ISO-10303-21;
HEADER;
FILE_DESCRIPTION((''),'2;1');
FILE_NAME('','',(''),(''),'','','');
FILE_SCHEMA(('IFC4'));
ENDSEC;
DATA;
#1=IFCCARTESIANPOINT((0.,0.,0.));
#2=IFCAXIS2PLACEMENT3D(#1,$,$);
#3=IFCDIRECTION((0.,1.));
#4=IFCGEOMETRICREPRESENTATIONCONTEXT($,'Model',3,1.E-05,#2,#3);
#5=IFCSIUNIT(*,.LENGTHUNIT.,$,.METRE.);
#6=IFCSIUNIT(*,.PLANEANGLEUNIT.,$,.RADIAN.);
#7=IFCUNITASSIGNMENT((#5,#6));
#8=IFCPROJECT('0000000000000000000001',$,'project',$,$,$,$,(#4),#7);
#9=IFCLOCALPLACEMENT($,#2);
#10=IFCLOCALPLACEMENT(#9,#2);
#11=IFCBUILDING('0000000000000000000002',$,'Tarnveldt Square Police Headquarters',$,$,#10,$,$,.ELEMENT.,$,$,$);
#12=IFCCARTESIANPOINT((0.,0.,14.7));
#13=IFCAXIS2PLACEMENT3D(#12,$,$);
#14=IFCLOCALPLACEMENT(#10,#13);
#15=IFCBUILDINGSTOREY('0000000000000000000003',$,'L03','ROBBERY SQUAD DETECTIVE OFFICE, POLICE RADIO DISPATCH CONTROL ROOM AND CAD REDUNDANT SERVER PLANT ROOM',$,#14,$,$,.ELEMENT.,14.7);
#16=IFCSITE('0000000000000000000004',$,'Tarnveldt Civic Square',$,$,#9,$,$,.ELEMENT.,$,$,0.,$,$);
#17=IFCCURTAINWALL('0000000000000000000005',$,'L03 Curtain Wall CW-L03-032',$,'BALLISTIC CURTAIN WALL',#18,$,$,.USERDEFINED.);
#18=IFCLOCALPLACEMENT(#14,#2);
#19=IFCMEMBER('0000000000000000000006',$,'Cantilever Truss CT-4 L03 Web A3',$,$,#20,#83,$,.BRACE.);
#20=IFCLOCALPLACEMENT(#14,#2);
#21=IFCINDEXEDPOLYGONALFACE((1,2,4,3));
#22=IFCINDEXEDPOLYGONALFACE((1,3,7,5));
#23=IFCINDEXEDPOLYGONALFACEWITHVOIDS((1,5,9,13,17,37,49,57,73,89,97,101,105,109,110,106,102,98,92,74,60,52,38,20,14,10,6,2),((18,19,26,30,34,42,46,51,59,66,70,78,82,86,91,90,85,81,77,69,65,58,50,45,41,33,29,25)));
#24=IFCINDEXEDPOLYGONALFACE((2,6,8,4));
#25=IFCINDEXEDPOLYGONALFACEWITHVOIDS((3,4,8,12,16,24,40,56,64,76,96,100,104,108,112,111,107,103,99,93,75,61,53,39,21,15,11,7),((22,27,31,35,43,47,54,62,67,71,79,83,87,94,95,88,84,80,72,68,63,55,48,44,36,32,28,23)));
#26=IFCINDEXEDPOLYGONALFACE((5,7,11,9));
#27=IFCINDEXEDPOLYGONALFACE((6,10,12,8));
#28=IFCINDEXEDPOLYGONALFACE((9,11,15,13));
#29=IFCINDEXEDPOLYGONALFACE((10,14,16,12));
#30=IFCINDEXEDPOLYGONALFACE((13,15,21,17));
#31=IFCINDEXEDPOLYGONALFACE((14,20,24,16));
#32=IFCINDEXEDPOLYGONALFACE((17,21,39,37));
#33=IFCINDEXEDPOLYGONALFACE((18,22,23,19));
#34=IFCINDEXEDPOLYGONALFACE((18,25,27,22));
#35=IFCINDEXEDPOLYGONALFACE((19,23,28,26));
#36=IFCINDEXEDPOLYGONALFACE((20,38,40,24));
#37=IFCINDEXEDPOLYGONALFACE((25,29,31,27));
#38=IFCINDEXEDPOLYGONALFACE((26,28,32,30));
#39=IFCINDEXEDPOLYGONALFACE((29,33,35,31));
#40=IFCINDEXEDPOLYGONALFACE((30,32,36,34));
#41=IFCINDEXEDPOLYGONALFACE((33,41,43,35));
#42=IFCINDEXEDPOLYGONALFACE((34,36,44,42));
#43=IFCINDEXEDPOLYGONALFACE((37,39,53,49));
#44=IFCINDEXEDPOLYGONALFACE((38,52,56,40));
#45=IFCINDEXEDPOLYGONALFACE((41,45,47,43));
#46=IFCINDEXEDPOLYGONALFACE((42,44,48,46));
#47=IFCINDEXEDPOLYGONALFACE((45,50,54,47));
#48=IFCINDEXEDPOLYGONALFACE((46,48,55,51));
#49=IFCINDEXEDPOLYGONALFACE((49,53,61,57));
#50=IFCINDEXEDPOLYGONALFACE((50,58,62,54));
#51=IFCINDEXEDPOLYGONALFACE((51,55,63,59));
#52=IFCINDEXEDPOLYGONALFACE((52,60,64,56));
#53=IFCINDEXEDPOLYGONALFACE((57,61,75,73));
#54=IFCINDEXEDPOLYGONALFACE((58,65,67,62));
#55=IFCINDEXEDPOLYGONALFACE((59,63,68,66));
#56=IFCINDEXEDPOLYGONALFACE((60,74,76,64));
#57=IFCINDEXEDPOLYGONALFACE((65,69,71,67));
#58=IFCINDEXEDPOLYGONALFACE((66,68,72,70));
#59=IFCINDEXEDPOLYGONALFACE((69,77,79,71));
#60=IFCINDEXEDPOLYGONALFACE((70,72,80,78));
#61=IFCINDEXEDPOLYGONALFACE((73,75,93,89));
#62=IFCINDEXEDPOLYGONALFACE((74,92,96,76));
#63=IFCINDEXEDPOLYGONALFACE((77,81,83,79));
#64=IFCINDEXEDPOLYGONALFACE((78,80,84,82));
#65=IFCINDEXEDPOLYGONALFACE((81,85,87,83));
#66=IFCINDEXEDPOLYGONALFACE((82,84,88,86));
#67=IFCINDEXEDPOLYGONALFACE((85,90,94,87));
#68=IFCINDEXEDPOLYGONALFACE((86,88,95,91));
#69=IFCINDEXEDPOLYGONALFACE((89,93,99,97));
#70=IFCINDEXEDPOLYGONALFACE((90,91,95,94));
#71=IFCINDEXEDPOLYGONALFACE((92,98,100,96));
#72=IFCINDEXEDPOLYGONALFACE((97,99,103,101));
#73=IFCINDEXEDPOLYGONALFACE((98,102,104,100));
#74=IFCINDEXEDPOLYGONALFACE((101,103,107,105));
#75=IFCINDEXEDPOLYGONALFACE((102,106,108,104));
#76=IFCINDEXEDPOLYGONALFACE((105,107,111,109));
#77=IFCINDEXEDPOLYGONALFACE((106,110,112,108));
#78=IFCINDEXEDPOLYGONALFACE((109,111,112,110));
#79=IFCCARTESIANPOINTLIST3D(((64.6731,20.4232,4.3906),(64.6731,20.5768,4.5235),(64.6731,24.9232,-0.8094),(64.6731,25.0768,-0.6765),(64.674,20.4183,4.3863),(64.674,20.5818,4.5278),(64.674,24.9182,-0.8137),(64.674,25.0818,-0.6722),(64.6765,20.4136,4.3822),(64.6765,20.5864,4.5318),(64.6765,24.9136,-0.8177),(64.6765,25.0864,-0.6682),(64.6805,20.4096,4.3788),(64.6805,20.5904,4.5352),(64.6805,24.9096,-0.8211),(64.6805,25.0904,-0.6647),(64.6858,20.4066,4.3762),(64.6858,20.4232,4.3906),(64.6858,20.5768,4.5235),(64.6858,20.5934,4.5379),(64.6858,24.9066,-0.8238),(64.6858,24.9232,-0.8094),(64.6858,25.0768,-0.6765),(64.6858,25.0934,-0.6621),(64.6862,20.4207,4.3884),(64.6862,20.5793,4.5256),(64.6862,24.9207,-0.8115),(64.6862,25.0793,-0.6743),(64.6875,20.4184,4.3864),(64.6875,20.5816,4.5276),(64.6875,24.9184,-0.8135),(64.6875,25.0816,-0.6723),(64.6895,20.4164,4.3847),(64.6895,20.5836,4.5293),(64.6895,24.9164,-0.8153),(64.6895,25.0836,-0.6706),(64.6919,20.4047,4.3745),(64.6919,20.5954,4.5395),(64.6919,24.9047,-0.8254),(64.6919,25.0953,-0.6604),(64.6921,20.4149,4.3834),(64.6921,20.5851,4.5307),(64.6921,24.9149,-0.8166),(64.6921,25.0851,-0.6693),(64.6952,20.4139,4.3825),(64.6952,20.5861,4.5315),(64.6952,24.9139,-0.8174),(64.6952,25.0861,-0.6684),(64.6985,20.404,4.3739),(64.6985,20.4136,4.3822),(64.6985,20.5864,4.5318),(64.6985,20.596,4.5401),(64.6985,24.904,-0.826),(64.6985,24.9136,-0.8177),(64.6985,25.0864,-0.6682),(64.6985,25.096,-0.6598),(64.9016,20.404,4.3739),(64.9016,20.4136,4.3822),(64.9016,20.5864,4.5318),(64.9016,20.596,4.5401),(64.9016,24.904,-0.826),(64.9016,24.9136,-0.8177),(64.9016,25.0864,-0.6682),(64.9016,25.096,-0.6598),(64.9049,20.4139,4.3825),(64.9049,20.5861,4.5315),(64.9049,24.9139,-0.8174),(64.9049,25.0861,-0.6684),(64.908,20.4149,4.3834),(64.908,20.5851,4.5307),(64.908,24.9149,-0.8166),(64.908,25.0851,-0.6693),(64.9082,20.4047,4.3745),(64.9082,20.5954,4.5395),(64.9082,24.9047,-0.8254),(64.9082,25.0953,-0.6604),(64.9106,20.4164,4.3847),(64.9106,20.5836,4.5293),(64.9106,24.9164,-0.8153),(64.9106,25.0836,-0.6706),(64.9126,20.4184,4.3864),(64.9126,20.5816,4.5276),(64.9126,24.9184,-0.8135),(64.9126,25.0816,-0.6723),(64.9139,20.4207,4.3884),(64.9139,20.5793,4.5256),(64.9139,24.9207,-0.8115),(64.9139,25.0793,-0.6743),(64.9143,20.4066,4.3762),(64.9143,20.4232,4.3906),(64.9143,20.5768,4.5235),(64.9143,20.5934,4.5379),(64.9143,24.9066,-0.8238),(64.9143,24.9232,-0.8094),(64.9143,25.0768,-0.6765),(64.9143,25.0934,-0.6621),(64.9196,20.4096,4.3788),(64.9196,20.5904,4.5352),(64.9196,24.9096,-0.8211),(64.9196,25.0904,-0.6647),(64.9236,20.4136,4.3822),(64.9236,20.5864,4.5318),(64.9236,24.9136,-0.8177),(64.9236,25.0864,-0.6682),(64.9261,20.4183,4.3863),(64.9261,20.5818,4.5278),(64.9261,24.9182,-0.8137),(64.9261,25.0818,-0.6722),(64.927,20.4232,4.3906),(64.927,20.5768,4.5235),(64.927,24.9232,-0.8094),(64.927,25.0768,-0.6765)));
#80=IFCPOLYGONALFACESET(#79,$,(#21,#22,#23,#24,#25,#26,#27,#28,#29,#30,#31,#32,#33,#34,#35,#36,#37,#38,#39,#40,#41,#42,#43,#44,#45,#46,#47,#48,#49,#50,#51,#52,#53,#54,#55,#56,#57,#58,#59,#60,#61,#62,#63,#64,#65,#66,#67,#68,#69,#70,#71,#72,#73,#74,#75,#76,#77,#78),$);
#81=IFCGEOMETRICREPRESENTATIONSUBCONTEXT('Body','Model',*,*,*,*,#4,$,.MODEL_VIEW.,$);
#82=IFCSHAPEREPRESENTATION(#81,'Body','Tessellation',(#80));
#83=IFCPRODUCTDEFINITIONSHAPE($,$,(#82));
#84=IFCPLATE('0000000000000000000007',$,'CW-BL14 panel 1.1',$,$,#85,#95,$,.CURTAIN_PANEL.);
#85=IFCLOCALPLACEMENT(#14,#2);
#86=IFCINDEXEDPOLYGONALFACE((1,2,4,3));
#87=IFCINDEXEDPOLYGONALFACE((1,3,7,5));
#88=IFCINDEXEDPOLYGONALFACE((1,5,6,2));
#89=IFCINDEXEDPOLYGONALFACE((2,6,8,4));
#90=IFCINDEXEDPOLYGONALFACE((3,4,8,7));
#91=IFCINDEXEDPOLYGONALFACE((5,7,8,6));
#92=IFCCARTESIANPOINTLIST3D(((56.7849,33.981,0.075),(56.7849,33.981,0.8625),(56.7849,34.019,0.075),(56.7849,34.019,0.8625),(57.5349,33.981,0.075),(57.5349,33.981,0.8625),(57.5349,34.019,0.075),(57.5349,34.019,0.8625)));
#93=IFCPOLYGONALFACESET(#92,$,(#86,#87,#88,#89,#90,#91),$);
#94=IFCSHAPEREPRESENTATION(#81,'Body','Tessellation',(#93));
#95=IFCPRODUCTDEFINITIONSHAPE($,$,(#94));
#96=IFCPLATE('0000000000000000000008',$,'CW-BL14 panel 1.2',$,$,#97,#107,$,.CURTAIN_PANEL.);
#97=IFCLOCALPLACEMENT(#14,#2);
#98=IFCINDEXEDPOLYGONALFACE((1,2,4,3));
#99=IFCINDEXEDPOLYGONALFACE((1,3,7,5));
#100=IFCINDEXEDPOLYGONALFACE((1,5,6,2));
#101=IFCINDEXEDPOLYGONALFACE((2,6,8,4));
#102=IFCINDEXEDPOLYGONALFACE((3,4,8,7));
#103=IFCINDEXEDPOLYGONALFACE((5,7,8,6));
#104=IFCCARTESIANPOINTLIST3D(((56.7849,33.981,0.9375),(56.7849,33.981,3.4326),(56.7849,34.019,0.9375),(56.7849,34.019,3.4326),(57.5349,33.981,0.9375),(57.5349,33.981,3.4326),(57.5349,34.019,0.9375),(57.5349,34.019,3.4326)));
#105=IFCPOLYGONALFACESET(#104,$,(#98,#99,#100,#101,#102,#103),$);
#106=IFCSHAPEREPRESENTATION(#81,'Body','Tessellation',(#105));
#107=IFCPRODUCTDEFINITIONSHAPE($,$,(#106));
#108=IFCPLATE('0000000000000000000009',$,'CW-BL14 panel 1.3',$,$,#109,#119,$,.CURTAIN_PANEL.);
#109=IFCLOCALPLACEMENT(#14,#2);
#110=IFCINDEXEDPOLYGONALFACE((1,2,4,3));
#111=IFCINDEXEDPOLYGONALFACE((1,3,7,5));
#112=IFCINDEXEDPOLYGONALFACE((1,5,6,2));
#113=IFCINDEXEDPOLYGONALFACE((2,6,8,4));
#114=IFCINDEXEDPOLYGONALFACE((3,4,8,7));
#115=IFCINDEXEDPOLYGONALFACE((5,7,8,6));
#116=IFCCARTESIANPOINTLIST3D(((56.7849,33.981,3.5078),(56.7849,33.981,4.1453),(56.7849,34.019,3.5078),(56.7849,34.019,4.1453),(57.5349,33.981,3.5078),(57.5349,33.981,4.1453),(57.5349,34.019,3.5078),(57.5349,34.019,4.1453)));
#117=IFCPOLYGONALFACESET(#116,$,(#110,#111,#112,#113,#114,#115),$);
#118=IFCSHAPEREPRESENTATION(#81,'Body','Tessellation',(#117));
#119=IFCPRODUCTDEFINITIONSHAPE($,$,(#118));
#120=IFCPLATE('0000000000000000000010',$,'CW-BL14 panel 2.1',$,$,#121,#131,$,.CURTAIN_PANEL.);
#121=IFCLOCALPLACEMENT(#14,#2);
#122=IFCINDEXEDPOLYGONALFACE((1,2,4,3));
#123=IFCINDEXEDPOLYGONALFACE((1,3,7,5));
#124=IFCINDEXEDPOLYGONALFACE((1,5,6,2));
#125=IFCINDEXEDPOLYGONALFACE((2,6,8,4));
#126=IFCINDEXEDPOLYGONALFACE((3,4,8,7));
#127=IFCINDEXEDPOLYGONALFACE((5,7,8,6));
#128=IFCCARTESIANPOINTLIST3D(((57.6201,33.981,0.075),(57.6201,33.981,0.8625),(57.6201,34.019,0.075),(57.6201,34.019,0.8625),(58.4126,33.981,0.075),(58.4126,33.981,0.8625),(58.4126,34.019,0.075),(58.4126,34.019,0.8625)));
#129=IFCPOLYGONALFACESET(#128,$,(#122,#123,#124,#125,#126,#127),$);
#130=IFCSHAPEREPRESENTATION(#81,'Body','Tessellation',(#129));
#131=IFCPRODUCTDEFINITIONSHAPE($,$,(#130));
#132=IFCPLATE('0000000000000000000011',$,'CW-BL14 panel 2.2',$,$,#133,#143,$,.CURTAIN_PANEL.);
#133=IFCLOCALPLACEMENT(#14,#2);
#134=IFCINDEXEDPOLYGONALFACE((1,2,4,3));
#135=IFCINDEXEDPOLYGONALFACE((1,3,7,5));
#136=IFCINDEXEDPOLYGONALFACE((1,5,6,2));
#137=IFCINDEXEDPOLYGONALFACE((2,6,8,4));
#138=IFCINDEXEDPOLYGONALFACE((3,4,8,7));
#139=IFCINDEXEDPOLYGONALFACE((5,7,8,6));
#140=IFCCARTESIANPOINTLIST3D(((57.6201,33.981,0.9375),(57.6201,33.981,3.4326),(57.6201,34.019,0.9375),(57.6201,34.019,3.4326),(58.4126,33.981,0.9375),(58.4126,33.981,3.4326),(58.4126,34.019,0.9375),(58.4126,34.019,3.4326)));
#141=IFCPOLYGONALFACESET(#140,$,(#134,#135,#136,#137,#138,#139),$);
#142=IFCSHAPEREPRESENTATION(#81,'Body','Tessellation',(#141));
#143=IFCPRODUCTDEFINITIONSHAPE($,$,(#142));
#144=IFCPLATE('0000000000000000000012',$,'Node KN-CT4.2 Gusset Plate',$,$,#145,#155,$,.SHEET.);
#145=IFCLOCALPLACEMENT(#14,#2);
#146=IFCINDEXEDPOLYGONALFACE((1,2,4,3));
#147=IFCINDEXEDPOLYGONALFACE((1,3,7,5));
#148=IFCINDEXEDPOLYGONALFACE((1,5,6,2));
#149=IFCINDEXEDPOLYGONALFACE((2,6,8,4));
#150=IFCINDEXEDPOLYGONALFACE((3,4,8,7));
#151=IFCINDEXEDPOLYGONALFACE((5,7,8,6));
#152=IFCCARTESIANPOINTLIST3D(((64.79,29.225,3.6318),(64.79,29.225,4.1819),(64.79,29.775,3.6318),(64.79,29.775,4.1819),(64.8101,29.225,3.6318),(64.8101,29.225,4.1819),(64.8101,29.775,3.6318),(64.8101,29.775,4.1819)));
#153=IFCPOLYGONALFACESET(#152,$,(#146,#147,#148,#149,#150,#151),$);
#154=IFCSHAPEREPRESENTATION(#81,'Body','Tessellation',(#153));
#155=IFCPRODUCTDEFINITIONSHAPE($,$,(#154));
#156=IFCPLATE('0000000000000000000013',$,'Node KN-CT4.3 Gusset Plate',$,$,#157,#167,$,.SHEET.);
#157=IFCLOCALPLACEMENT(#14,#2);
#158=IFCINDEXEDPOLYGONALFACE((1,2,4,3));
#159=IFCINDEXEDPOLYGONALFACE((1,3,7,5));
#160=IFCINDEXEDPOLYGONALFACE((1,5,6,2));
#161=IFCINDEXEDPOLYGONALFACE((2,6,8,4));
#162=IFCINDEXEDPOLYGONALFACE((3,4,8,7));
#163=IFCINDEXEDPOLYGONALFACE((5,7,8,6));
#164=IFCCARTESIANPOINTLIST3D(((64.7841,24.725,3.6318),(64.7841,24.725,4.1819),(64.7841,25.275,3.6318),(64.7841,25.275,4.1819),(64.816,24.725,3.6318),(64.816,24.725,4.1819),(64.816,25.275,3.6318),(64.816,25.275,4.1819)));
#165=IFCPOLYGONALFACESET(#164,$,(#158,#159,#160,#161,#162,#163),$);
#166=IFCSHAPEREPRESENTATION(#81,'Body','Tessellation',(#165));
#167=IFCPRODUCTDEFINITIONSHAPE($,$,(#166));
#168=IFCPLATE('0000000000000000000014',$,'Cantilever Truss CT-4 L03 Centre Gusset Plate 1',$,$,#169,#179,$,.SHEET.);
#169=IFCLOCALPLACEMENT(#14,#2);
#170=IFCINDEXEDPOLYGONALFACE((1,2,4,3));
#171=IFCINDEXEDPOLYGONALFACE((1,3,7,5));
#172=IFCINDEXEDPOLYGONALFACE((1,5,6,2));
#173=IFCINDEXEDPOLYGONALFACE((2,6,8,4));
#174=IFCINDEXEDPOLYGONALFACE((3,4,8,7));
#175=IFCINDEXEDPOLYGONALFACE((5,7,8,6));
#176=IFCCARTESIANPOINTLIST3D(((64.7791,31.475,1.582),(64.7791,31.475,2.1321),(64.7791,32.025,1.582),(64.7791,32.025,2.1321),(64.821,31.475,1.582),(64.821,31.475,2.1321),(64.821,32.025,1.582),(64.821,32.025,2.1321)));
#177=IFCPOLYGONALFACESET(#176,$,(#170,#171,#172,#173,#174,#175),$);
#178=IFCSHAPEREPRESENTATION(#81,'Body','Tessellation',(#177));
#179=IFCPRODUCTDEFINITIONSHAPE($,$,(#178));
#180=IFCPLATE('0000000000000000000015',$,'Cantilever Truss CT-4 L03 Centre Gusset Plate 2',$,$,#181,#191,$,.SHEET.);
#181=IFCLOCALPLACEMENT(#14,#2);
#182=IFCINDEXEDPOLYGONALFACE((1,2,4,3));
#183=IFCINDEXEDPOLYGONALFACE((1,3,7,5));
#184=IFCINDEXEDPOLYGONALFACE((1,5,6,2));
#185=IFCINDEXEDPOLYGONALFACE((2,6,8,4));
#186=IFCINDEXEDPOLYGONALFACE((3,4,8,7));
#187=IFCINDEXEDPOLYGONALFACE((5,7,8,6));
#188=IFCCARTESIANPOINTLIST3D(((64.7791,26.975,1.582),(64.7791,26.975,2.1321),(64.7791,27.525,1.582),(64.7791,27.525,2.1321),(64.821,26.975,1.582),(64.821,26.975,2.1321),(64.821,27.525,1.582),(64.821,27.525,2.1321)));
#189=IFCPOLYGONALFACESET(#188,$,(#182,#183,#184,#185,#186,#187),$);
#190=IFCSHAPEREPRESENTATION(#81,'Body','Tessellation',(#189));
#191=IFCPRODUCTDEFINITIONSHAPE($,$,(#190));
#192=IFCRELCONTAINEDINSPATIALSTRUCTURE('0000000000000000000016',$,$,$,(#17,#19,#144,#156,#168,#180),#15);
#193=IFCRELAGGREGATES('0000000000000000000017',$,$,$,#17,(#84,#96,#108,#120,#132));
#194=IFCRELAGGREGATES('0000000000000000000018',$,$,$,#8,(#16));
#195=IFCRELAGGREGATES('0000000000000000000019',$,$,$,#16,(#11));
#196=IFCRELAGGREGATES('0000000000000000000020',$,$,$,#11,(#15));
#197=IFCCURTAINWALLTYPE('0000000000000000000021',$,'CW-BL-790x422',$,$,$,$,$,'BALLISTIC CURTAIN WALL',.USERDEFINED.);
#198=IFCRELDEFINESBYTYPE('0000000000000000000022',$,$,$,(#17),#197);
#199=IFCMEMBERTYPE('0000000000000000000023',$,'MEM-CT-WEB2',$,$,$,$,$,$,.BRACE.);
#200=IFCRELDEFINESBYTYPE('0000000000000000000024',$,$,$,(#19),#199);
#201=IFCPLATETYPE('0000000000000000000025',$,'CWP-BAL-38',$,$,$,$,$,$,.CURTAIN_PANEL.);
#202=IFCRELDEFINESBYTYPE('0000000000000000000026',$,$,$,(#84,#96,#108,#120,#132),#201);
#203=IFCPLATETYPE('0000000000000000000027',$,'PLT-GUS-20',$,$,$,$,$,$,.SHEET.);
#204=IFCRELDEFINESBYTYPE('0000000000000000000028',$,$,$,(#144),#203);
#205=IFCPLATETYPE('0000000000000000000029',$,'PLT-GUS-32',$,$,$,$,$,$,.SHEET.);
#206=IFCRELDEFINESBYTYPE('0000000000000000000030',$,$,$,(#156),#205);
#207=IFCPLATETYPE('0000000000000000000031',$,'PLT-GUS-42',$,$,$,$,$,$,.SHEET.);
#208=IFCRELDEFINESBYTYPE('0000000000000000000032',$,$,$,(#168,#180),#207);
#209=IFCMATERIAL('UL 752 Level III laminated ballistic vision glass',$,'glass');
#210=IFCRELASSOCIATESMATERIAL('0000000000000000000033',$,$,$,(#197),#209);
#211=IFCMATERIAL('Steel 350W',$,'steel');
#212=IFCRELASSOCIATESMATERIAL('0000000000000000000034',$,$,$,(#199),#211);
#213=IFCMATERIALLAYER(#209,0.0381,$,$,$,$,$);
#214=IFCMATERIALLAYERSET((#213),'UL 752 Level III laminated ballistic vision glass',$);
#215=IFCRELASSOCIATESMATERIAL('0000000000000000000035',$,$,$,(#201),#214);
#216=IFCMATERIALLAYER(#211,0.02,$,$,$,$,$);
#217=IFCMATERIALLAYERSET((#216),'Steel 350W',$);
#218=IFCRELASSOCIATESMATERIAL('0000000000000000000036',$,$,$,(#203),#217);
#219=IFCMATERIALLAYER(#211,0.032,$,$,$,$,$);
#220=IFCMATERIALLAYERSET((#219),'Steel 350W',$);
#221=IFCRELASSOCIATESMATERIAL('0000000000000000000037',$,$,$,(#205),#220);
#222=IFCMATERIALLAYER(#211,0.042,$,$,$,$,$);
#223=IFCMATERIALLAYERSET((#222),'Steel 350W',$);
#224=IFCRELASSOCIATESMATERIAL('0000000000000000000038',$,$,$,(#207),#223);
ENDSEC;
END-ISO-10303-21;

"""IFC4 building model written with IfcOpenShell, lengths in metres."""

from ifc_helpers import new_model, si_unit, direction, frame, origin, origin_2d, place, context, subcontext, project, spatial, rectangle, hollow_rectangle, extrude, material, layer, layer_set, material_profile, profile_set, type_object, element, aggregate, save


model = new_model("IFC4")

# Units and contexts
model_context = context("Model", 3, precision=1e-05, world=origin(), true_north=direction((0.0, 1.0)))
body_context = subcontext(model_context, "Body", "Model", "MODEL_VIEW")
ifc_project = project(units=[si_unit("LENGTHUNIT", "METRE"), si_unit("PLANEANGLEUNIT", "RADIAN")], contexts=[model_context])

# Site, building, storey
site_placement = place(None, origin())
site = spatial("IfcSite", under=ifc_project, at=site_placement, Name="Tarnveldt Civic Square", CompositionType="ELEMENT", RefElevation=0.0)
building_placement = place(site_placement, origin())
building = spatial("IfcBuilding", under=site, at=building_placement, Name="Tarnveldt Square Police Headquarters", CompositionType="ELEMENT")
storey_placement = place(building_placement, frame((0.0, 0.0, 14.7)))
storey = spatial("IfcBuildingStorey", under=building, at=storey_placement, Name="L03", Description="ROBBERY SQUAD DETECTIVE OFFICE, POLICE RADIO DISPATCH CONTROL ROOM AND CAD REDUNDANT SERVER PLANT ROOM", CompositionType="ELEMENT", Elevation=14.7)

# Shared definitions
ifc_material_1 = material(Name="Steel 350W", Category="steel")

# Curtain wall
ifc_material_2 = material(Name="UL 752 Level III laminated ballistic vision glass", Category="glass")
curtain_wall_type = type_object("IfcCurtainWallType", Name="CW-BL-790x422", ElementType="BALLISTIC CURTAIN WALL", PredefinedType="USERDEFINED", material=ifc_material_2)
curtain_wall_placement = place(storey_placement, origin())
curtain_wall = element("IfcCurtainWall", 1, at=curtain_wall_placement, inside=storey, type_object=curtain_wall_type, Name="L03 Curtain Wall CW-L03-032", ObjectType="BALLISTIC CURTAIN WALL", PredefinedType="USERDEFINED")

# Member
ifc_material_profile_1 = material_profile(ifc_material_1, hollow_rectangle(XDim=0.2539, YDim=0.2539, WallThickness=0.0127, InnerFilletRadius=0.0127, OuterFilletRadius=0.0254, at=origin_2d()), Name="HSS254x254x13")
ifc_profile_set_1 = profile_set([ifc_material_profile_1], Name="Steel 350W")
member_type_1 = type_object("IfcMemberType", Name="MEM-CT-WEB2", PredefinedType="BRACE", material=ifc_profile_set_1)
member_1_placement = place(storey_placement, frame((64.8, 25.0, -0.7429), z_axis=(0.0, -0.65438, 0.756166), x_axis=(1.0, 0.0, 0.0)))
element("IfcMember", 2, at=member_1_placement, inside=storey, type_object=member_type_1, Name="Cantilever Truss CT-4 L03 Web A3", PredefinedType="BRACE", context=body_context, shape_type="SweptSolid", body=[
    extrude(hollow_rectangle(XDim=0.2539, YDim=0.2539, WallThickness=0.0127, InnerFilletRadius=0.0127, OuterFilletRadius=0.0254, at=origin_2d()), origin(), (0.0, 0.0, 1.0), 6.8767),
])

# Plates
ifc_layer_1 = layer(ifc_material_2, 0.0381)
ifc_layer_set_1 = layer_set([ifc_layer_1], Name="UL 752 Level III laminated ballistic vision glass")
plate_type_1 = type_object("IfcPlateType", Name="CWP-BAL-38", PredefinedType="CURTAIN_PANEL", material=ifc_layer_set_1)
plate_1_placement = place(storey_placement, frame((57.1599, 34.0, 0.075), z_axis=(0.0, 0.0, 1.0), x_axis=(1.0, 0.0, 0.0)))
plate_1 = element("IfcPlate", 3, at=plate_1_placement, type_object=plate_type_1, Name="CW-BL14 panel 1.1", PredefinedType="CURTAIN_PANEL", context=body_context, shape_type="SweptSolid", body=[
    extrude(rectangle(XDim=0.75, YDim=0.0381, at=origin_2d()), origin(), (0.0, 0.0, 1.0), 0.7876),
])
plate_2_placement = place(storey_placement, frame((57.1599, 34.0, 0.9375), z_axis=(0.0, 0.0, 1.0), x_axis=(1.0, 0.0, 0.0)))
plate_2 = element("IfcPlate", 4, at=plate_2_placement, type_object=plate_type_1, Name="CW-BL14 panel 1.2", PredefinedType="CURTAIN_PANEL", context=body_context, shape_type="SweptSolid", body=[
    extrude(rectangle(XDim=0.75, YDim=0.0381, at=origin_2d()), origin(), (0.0, 0.0, 1.0), 2.4951),
])
plate_3_placement = place(storey_placement, frame((57.1599, 34.0, 3.5078), z_axis=(0.0, 0.0, 1.0), x_axis=(1.0, 0.0, 0.0)))
plate_3 = element("IfcPlate", 5, at=plate_3_placement, type_object=plate_type_1, Name="CW-BL14 panel 1.3", PredefinedType="CURTAIN_PANEL", context=body_context, shape_type="SweptSolid", body=[
    extrude(rectangle(XDim=0.75, YDim=0.0381, at=origin_2d()), origin(), (0.0, 0.0, 1.0), 0.6375),
])
plate_4_placement = place(storey_placement, frame((58.0164, 34.0, 0.075), z_axis=(0.0, 0.0, 1.0), x_axis=(1.0, 0.0, 0.0)))
plate_4 = element("IfcPlate", 6, at=plate_4_placement, type_object=plate_type_1, Name="CW-BL14 panel 2.1", PredefinedType="CURTAIN_PANEL", context=body_context, shape_type="SweptSolid", body=[
    extrude(rectangle(XDim=0.7925, YDim=0.0381, at=origin_2d()), origin(), (0.0, 0.0, 1.0), 0.7876),
])
plate_5_placement = place(storey_placement, frame((58.0164, 34.0, 0.9375), z_axis=(0.0, 0.0, 1.0), x_axis=(1.0, 0.0, 0.0)))
plate_5 = element("IfcPlate", 7, at=plate_5_placement, type_object=plate_type_1, Name="CW-BL14 panel 2.2", PredefinedType="CURTAIN_PANEL", context=body_context, shape_type="SweptSolid", body=[
    extrude(rectangle(XDim=0.7925, YDim=0.0381, at=origin_2d()), origin(), (0.0, 0.0, 1.0), 2.4951),
])
aggregate(curtain_wall, [plate_1, plate_2, plate_3, plate_4, plate_5])

# Plates
ifc_layer_2 = layer(ifc_material_1, 0.02)
ifc_layer_set_2 = layer_set([ifc_layer_2], Name="Steel 350W")
plate_type_2 = type_object("IfcPlateType", Name="PLT-GUS-20", PredefinedType="SHEET", material=ifc_layer_set_2)
plate_6_placement = place(storey_placement, frame((64.8, 29.5, 3.6318), z_axis=(0.0, 0.0, 1.0), x_axis=(1.0, 0.0, 0.0)))
element("IfcPlate", 8, at=plate_6_placement, inside=storey, type_object=plate_type_2, Name="Node KN-CT4.2 Gusset Plate", PredefinedType="SHEET", context=body_context, shape_type="SweptSolid", body=[
    extrude(rectangle(XDim=0.02, YDim=0.55, at=origin_2d()), origin(), (0.0, 0.0, 1.0), 0.55),
])
ifc_layer_3 = layer(ifc_material_1, 0.032)
ifc_layer_set_3 = layer_set([ifc_layer_3], Name="Steel 350W")
plate_type_3 = type_object("IfcPlateType", Name="PLT-GUS-32", PredefinedType="SHEET", material=ifc_layer_set_3)
plate_7_placement = place(storey_placement, frame((64.8, 25.0, 3.6318), z_axis=(0.0, 0.0, 1.0), x_axis=(1.0, 0.0, 0.0)))
element("IfcPlate", 9, at=plate_7_placement, inside=storey, type_object=plate_type_3, Name="Node KN-CT4.3 Gusset Plate", PredefinedType="SHEET", context=body_context, shape_type="SweptSolid", body=[
    extrude(rectangle(XDim=0.032, YDim=0.55, at=origin_2d()), origin(), (0.0, 0.0, 1.0), 0.55),
])
ifc_layer_4 = layer(ifc_material_1, 0.042)
ifc_layer_set_4 = layer_set([ifc_layer_4], Name="Steel 350W")
plate_type_4 = type_object("IfcPlateType", Name="PLT-GUS-42", PredefinedType="SHEET", material=ifc_layer_set_4)
for number, where, z_axis, x_axis, name in (
    (10, (64.8, 31.75, 1.582), (0.0, 0.0, 1.0), (1.0, 0.0, 0.0), "Cantilever Truss CT-4 L03 Centre Gusset Plate 1"),
    (11, (64.8, 27.25, 1.582), (0.0, 0.0, 1.0), (1.0, 0.0, 0.0), "Cantilever Truss CT-4 L03 Centre Gusset Plate 2"),
):
    element("IfcPlate", number, at=place(storey_placement, frame(where, z_axis=z_axis, x_axis=x_axis)), inside=storey, type_object=plate_type_4, Name=name, PredefinedType="SHEET", context=body_context, shape_type="SweptSolid", body=[
        extrude(rectangle(XDim=0.042, YDim=0.55, at=origin_2d()), origin(), (0.0, 0.0, 1.0), 0.55),
    ])

save(model, "model.ifc")
